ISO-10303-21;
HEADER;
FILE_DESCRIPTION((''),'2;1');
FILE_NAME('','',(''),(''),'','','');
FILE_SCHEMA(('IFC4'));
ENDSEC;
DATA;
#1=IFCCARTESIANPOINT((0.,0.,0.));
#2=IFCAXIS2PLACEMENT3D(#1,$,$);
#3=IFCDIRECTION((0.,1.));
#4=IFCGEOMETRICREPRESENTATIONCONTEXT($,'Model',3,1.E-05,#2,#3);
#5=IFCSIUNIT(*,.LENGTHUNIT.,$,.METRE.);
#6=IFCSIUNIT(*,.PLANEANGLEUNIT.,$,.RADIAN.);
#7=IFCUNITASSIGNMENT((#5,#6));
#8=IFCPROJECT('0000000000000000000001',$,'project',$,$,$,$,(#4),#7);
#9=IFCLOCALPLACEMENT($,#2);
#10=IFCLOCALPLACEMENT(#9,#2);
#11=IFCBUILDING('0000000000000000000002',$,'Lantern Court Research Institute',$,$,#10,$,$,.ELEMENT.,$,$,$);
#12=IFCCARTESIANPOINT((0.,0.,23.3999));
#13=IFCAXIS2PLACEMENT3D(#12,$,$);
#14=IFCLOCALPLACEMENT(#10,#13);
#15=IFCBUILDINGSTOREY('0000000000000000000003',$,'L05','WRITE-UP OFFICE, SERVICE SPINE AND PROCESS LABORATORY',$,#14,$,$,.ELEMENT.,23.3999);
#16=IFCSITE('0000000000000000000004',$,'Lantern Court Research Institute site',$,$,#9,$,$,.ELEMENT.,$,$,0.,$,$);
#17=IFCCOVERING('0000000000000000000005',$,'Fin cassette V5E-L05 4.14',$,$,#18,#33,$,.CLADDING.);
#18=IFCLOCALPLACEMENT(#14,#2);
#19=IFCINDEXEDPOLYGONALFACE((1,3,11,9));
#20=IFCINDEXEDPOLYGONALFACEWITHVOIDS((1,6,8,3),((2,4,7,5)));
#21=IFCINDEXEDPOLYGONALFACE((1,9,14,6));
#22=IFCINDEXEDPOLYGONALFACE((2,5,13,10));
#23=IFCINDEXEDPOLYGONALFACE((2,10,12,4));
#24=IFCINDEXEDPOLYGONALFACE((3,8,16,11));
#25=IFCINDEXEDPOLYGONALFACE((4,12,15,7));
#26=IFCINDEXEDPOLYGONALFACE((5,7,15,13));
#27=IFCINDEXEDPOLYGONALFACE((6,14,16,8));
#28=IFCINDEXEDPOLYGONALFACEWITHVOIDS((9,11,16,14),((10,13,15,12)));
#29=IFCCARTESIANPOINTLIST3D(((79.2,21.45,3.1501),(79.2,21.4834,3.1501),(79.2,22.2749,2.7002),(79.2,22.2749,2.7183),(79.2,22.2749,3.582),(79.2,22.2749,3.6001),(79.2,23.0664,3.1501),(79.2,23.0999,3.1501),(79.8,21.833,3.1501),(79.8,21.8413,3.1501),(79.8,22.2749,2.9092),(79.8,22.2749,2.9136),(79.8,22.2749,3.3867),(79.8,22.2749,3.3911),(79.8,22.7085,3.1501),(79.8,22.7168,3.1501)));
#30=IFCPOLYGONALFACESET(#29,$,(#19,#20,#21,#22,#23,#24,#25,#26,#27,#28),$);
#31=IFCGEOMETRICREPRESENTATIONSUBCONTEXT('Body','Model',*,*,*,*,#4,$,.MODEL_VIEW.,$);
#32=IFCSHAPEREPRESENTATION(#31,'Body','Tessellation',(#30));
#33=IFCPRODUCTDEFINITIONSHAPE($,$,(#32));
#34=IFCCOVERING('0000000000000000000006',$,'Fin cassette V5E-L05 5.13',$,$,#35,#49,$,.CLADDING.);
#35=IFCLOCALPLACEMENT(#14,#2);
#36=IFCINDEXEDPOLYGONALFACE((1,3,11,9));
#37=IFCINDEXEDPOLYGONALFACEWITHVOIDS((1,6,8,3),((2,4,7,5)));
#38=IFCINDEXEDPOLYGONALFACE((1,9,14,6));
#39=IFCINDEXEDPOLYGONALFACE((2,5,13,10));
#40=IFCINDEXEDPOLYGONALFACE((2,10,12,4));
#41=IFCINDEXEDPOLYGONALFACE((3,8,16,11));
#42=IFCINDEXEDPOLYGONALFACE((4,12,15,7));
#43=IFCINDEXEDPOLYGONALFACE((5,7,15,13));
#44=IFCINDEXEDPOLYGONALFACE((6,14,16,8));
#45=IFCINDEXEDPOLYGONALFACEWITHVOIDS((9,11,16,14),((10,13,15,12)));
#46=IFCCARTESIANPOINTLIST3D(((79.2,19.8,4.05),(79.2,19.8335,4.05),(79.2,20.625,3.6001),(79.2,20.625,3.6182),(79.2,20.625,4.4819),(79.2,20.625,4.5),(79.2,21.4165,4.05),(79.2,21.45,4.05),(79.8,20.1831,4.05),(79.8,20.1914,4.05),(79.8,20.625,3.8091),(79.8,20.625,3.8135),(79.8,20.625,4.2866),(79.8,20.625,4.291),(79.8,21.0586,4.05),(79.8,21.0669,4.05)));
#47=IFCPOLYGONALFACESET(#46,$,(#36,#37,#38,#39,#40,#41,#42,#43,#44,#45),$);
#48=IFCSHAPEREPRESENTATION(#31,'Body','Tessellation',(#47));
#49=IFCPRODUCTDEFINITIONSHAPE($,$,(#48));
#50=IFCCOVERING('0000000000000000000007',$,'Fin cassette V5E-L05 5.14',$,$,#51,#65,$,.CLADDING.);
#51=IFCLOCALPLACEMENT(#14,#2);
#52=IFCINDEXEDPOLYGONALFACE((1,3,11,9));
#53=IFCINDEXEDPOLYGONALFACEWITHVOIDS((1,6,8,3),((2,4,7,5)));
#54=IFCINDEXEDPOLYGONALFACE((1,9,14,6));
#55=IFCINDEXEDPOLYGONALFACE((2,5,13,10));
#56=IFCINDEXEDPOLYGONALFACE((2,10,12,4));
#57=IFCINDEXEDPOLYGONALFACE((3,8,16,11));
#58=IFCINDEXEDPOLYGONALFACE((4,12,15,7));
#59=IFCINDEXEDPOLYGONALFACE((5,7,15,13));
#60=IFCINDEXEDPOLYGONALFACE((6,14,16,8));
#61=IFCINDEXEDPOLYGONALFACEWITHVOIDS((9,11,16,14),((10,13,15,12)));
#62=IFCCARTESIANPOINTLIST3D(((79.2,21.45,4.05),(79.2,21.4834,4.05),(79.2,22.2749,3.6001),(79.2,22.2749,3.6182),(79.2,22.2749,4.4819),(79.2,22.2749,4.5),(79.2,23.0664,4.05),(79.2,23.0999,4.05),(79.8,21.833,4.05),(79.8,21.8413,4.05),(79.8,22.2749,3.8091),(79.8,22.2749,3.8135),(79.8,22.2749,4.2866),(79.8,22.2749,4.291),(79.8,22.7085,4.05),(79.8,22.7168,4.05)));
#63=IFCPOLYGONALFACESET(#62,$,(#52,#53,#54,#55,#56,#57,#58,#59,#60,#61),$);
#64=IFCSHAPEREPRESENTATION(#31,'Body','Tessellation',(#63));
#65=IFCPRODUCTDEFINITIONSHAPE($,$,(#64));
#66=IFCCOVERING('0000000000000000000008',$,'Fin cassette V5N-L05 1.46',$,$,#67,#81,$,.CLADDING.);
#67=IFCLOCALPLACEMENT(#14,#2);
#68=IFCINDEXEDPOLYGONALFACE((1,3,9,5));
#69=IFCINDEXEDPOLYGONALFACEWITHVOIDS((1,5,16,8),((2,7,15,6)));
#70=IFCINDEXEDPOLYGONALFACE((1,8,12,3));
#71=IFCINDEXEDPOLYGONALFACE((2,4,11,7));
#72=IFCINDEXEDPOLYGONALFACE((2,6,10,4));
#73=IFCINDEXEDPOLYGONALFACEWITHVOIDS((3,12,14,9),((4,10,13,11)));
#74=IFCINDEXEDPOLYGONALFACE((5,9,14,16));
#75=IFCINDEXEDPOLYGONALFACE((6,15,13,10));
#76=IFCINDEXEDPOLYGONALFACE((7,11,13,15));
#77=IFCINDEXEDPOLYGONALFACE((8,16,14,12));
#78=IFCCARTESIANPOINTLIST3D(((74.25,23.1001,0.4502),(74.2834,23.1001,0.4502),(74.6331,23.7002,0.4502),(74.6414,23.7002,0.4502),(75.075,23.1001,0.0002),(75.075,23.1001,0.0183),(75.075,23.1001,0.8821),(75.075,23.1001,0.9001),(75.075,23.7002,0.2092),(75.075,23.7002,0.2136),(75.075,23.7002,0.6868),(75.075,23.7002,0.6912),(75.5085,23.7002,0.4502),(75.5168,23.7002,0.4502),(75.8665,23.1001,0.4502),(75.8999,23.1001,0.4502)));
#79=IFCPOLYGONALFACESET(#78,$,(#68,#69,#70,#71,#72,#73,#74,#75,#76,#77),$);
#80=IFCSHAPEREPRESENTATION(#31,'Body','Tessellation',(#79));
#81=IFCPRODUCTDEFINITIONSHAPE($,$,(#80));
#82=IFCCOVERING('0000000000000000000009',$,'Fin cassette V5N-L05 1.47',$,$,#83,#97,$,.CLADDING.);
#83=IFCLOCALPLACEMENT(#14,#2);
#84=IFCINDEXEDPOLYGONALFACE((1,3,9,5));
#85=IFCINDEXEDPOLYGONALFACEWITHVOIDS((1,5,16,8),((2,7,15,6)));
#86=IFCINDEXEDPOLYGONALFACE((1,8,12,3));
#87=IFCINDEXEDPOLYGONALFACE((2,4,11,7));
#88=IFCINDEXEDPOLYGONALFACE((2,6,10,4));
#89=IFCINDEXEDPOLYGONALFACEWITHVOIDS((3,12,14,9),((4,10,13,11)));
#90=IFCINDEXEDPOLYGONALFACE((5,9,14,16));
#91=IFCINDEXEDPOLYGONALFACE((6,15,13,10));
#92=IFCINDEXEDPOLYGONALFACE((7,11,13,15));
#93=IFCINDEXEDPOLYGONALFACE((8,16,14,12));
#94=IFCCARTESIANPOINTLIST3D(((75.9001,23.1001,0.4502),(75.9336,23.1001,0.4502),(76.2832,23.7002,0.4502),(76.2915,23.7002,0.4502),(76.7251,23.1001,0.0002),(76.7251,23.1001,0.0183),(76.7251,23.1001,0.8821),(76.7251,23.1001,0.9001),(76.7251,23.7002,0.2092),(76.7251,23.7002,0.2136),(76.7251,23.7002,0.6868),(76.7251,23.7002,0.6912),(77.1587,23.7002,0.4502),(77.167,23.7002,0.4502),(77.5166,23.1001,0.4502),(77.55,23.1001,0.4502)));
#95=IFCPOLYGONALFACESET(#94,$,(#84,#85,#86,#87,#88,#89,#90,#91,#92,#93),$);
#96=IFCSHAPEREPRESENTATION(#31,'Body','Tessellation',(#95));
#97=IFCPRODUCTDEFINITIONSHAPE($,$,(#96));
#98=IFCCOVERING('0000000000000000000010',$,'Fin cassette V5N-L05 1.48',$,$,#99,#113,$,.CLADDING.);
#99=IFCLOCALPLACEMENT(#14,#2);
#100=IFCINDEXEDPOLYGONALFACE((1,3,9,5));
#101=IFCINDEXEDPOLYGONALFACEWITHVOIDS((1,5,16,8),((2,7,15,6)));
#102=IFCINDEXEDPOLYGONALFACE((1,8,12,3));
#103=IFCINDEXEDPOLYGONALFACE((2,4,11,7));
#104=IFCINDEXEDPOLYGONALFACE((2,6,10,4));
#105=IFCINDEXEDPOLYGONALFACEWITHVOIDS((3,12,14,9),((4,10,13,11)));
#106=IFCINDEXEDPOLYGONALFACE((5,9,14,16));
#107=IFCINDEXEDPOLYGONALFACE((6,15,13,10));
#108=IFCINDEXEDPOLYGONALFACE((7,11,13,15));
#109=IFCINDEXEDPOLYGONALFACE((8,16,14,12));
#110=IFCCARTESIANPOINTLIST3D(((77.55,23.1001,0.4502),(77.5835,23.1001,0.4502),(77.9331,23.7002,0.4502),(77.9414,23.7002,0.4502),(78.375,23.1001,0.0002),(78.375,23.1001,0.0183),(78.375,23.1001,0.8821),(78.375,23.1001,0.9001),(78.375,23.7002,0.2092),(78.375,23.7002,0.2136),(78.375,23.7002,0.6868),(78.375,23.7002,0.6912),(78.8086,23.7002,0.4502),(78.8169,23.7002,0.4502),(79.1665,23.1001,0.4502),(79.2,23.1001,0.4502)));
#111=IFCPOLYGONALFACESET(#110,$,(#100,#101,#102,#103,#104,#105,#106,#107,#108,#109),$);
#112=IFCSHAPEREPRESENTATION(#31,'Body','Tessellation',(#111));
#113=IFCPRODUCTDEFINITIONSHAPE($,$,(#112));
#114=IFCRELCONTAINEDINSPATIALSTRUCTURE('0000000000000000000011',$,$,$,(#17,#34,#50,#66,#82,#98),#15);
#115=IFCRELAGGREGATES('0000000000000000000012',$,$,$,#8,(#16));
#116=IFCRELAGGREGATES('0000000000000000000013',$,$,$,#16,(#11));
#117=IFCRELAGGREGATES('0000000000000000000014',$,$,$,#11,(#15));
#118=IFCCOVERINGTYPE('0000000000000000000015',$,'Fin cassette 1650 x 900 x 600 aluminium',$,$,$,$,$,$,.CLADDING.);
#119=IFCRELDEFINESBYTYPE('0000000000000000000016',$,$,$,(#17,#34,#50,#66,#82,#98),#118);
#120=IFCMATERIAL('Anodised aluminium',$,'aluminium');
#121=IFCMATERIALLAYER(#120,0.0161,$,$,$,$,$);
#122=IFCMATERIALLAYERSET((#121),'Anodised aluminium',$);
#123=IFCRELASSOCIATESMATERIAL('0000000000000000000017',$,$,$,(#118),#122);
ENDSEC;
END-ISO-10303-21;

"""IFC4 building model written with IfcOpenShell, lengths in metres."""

from ifc_helpers import new_model, entity, si_unit, direction, frame, origin, place, context, subcontext, project, spatial, material, layer, layer_set, type_object, element, save


model = new_model("IFC4")

# Units and contexts
model_context = context("Model", 3, precision=1e-05, world=origin(), true_north=direction((0.0, 1.0)))
body_context = subcontext(model_context, "Body", "Model", "MODEL_VIEW")
ifc_project = project(units=[si_unit("LENGTHUNIT", "METRE"), si_unit("PLANEANGLEUNIT", "RADIAN")], contexts=[model_context])

# Site, building, storey
site_placement = place(None, origin())
site = spatial("IfcSite", under=ifc_project, at=site_placement, Name="Lantern Court Research Institute site", CompositionType="ELEMENT", RefElevation=0.0)
building_placement = place(site_placement, origin())
building = spatial("IfcBuilding", under=site, at=building_placement, Name="Lantern Court Research Institute", CompositionType="ELEMENT")
storey_placement = place(building_placement, frame((0.0, 0.0, 23.3999)))
storey = spatial("IfcBuildingStorey", under=building, at=storey_placement, Name="L05", Description="WRITE-UP OFFICE, SERVICE SPINE AND PROCESS LABORATORY", CompositionType="ELEMENT", Elevation=23.3999)

# Coverings
ifc_material = material(Name="Anodised aluminium", Category="aluminium")
ifc_layer = layer(ifc_material, 0.0161)
ifc_layer_set = layer_set([ifc_layer], Name="Anodised aluminium")
covering_type = type_object("IfcCoveringType", Name="Fin cassette 1650 x 900 x 600 aluminium", PredefinedType="CLADDING", material=ifc_layer_set)
covering_1_placement = place(storey_placement, frame((79.2, 22.2749, 3.1501), z_axis=(1.0, 0.0, 0.0), x_axis=(0.0, 1.0, 0.0)))
cartesian_point_1 = entity("IfcCartesianPoint", [0.825, 0.0])
cartesian_point_2 = entity("IfcCartesianPoint", [0.7915, 0.0])
cartesian_point_3 = entity("IfcCartesianPoint", [0.4419, 0.0])
cartesian_point_4 = entity("IfcCartesianPoint", [0.4336, 0.0])
element("IfcCovering", 1, at=covering_1_placement, inside=storey, type_object=covering_type, Name="Fin cassette V5E-L05 4.14", PredefinedType="CLADDING", context=body_context, shape_type="SweptSolid", body=[
    entity("IfcExtrudedAreaSolidTapered", entity("IfcArbitraryProfileDefWithVoids", "AREA", None, entity("IfcPolyline", [cartesian_point_1, entity("IfcCartesianPoint", [0.0, 0.45]), entity("IfcCartesianPoint", [-0.825, 0.0]), entity("IfcCartesianPoint", [0.0, -0.45]), cartesian_point_1]), [entity("IfcPolyline", [cartesian_point_2, entity("IfcCartesianPoint", [0.0, 0.4319]), entity("IfcCartesianPoint", [-0.7915, 0.0]), entity("IfcCartesianPoint", [0.0, -0.4319]), cartesian_point_2])]), entity("IfcAxis2Placement3D", entity("IfcCartesianPoint", [0.0, 0.0, 0.0])), entity("IfcDirection", [0.0, 0.0, 1.0]), 0.6001, entity("IfcArbitraryProfileDefWithVoids", "AREA", None, entity("IfcPolyline", [cartesian_point_3, entity("IfcCartesianPoint", [0.0, 0.241]), entity("IfcCartesianPoint", [-0.4419, 0.0]), entity("IfcCartesianPoint", [0.0, -0.241]), cartesian_point_3]), [entity("IfcPolyline", [cartesian_point_4, entity("IfcCartesianPoint", [0.0, 0.2366]), entity("IfcCartesianPoint", [-0.4336, 0.0]), entity("IfcCartesianPoint", [0.0, -0.2366]), cartesian_point_4])])),
])
covering_2_placement = place(storey_placement, frame((79.2, 20.625, 4.05), z_axis=(1.0, 0.0, 0.0), x_axis=(0.0, 1.0, 0.0)))
cartesian_point_5 = entity("IfcCartesianPoint", [0.825, 0.0])
cartesian_point_6 = entity("IfcCartesianPoint", [0.7915, 0.0])
cartesian_point_7 = entity("IfcCartesianPoint", [0.4419, 0.0])
cartesian_point_8 = entity("IfcCartesianPoint", [0.4336, 0.0])
element("IfcCovering", 2, at=covering_2_placement, inside=storey, type_object=covering_type, Name="Fin cassette V5E-L05 5.13", PredefinedType="CLADDING", context=body_context, shape_type="SweptSolid", body=[
    entity("IfcExtrudedAreaSolidTapered", entity("IfcArbitraryProfileDefWithVoids", "AREA", None, entity("IfcPolyline", [cartesian_point_5, entity("IfcCartesianPoint", [0.0, 0.45]), entity("IfcCartesianPoint", [-0.825, 0.0]), entity("IfcCartesianPoint", [0.0, -0.45]), cartesian_point_5]), [entity("IfcPolyline", [cartesian_point_6, entity("IfcCartesianPoint", [0.0, 0.4319]), entity("IfcCartesianPoint", [-0.7915, 0.0]), entity("IfcCartesianPoint", [0.0, -0.4319]), cartesian_point_6])]), entity("IfcAxis2Placement3D", entity("IfcCartesianPoint", [0.0, 0.0, 0.0])), entity("IfcDirection", [0.0, 0.0, 1.0]), 0.6001, entity("IfcArbitraryProfileDefWithVoids", "AREA", None, entity("IfcPolyline", [cartesian_point_7, entity("IfcCartesianPoint", [0.0, 0.241]), entity("IfcCartesianPoint", [-0.4419, 0.0]), entity("IfcCartesianPoint", [0.0, -0.241]), cartesian_point_7]), [entity("IfcPolyline", [cartesian_point_8, entity("IfcCartesianPoint", [0.0, 0.2366]), entity("IfcCartesianPoint", [-0.4336, 0.0]), entity("IfcCartesianPoint", [0.0, -0.2366]), cartesian_point_8])])),
])
covering_3_placement = place(storey_placement, frame((79.2, 22.2749, 4.05), z_axis=(1.0, 0.0, 0.0), x_axis=(0.0, 1.0, 0.0)))
cartesian_point_9 = entity("IfcCartesianPoint", [0.825, 0.0])
cartesian_point_10 = entity("IfcCartesianPoint", [0.7915, 0.0])
cartesian_point_11 = entity("IfcCartesianPoint", [0.4419, 0.0])
cartesian_point_12 = entity("IfcCartesianPoint", [0.4336, 0.0])
element("IfcCovering", 3, at=covering_3_placement, inside=storey, type_object=covering_type, Name="Fin cassette V5E-L05 5.14", PredefinedType="CLADDING", context=body_context, shape_type="SweptSolid", body=[
    entity("IfcExtrudedAreaSolidTapered", entity("IfcArbitraryProfileDefWithVoids", "AREA", None, entity("IfcPolyline", [cartesian_point_9, entity("IfcCartesianPoint", [0.0, 0.45]), entity("IfcCartesianPoint", [-0.825, 0.0]), entity("IfcCartesianPoint", [0.0, -0.45]), cartesian_point_9]), [entity("IfcPolyline", [cartesian_point_10, entity("IfcCartesianPoint", [0.0, 0.4319]), entity("IfcCartesianPoint", [-0.7915, 0.0]), entity("IfcCartesianPoint", [0.0, -0.4319]), cartesian_point_10])]), entity("IfcAxis2Placement3D", entity("IfcCartesianPoint", [0.0, 0.0, 0.0])), entity("IfcDirection", [0.0, 0.0, 1.0]), 0.6001, entity("IfcArbitraryProfileDefWithVoids", "AREA", None, entity("IfcPolyline", [cartesian_point_11, entity("IfcCartesianPoint", [0.0, 0.241]), entity("IfcCartesianPoint", [-0.4419, 0.0]), entity("IfcCartesianPoint", [0.0, -0.241]), cartesian_point_11]), [entity("IfcPolyline", [cartesian_point_12, entity("IfcCartesianPoint", [0.0, 0.2366]), entity("IfcCartesianPoint", [-0.4336, 0.0]), entity("IfcCartesianPoint", [0.0, -0.2366]), cartesian_point_12])])),
])
covering_4_placement = place(storey_placement, frame((75.075, 23.1001, 0.4502), z_axis=(0.0, 1.0, 0.0), x_axis=(-1.0, 0.0, 0.0)))
cartesian_point_13 = entity("IfcCartesianPoint", [0.825, 0.0])
cartesian_point_14 = entity("IfcCartesianPoint", [0.7915, 0.0])
cartesian_point_15 = entity("IfcCartesianPoint", [0.4419, 0.0])
cartesian_point_16 = entity("IfcCartesianPoint", [0.4336, 0.0])
element("IfcCovering", 4, at=covering_4_placement, inside=storey, type_object=covering_type, Name="Fin cassette V5N-L05 1.46", PredefinedType="CLADDING", context=body_context, shape_type="SweptSolid", body=[
    entity("IfcExtrudedAreaSolidTapered", entity("IfcArbitraryProfileDefWithVoids", "AREA", None, entity("IfcPolyline", [cartesian_point_13, entity("IfcCartesianPoint", [0.0, 0.45]), entity("IfcCartesianPoint", [-0.825, 0.0]), entity("IfcCartesianPoint", [0.0, -0.45]), cartesian_point_13]), [entity("IfcPolyline", [cartesian_point_14, entity("IfcCartesianPoint", [0.0, 0.4319]), entity("IfcCartesianPoint", [-0.7915, 0.0]), entity("IfcCartesianPoint", [0.0, -0.4319]), cartesian_point_14])]), entity("IfcAxis2Placement3D", entity("IfcCartesianPoint", [0.0, 0.0, 0.0])), entity("IfcDirection", [0.0, 0.0, 1.0]), 0.6001, entity("IfcArbitraryProfileDefWithVoids", "AREA", None, entity("IfcPolyline", [cartesian_point_15, entity("IfcCartesianPoint", [0.0, 0.241]), entity("IfcCartesianPoint", [-0.4419, 0.0]), entity("IfcCartesianPoint", [0.0, -0.241]), cartesian_point_15]), [entity("IfcPolyline", [cartesian_point_16, entity("IfcCartesianPoint", [0.0, 0.2366]), entity("IfcCartesianPoint", [-0.4336, 0.0]), entity("IfcCartesianPoint", [0.0, -0.2366]), cartesian_point_16])])),
])
covering_5_placement = place(storey_placement, frame((76.7251, 23.1001, 0.4502), z_axis=(0.0, 1.0, 0.0), x_axis=(-1.0, 0.0, 0.0)))
cartesian_point_17 = entity("IfcCartesianPoint", [0.825, 0.0])
cartesian_point_18 = entity("IfcCartesianPoint", [0.7915, 0.0])
cartesian_point_19 = entity("IfcCartesianPoint", [0.4419, 0.0])
cartesian_point_20 = entity("IfcCartesianPoint", [0.4336, 0.0])
element("IfcCovering", 5, at=covering_5_placement, inside=storey, type_object=covering_type, Name="Fin cassette V5N-L05 1.47", PredefinedType="CLADDING", context=body_context, shape_type="SweptSolid", body=[
    entity("IfcExtrudedAreaSolidTapered", entity("IfcArbitraryProfileDefWithVoids", "AREA", None, entity("IfcPolyline", [cartesian_point_17, entity("IfcCartesianPoint", [0.0, 0.45]), entity("IfcCartesianPoint", [-0.825, 0.0]), entity("IfcCartesianPoint", [0.0, -0.45]), cartesian_point_17]), [entity("IfcPolyline", [cartesian_point_18, entity("IfcCartesianPoint", [0.0, 0.4319]), entity("IfcCartesianPoint", [-0.7915, 0.0]), entity("IfcCartesianPoint", [0.0, -0.4319]), cartesian_point_18])]), entity("IfcAxis2Placement3D", entity("IfcCartesianPoint", [0.0, 0.0, 0.0])), entity("IfcDirection", [0.0, 0.0, 1.0]), 0.6001, entity("IfcArbitraryProfileDefWithVoids", "AREA", None, entity("IfcPolyline", [cartesian_point_19, entity("IfcCartesianPoint", [0.0, 0.241]), entity("IfcCartesianPoint", [-0.4419, 0.0]), entity("IfcCartesianPoint", [0.0, -0.241]), cartesian_point_19]), [entity("IfcPolyline", [cartesian_point_20, entity("IfcCartesianPoint", [0.0, 0.2366]), entity("IfcCartesianPoint", [-0.4336, 0.0]), entity("IfcCartesianPoint", [0.0, -0.2366]), cartesian_point_20])])),
])
covering_6_placement = place(storey_placement, frame((78.375, 23.1001, 0.4502), z_axis=(0.0, 1.0, 0.0), x_axis=(-1.0, 0.0, 0.0)))
cartesian_point_21 = entity("IfcCartesianPoint", [0.825, 0.0])
cartesian_point_22 = entity("IfcCartesianPoint", [0.7915, 0.0])
cartesian_point_23 = entity("IfcCartesianPoint", [0.4419, 0.0])
cartesian_point_24 = entity("IfcCartesianPoint", [0.4336, 0.0])
element("IfcCovering", 6, at=covering_6_placement, inside=storey, type_object=covering_type, Name="Fin cassette V5N-L05 1.48", PredefinedType="CLADDING", context=body_context, shape_type="SweptSolid", body=[
    entity("IfcExtrudedAreaSolidTapered", entity("IfcArbitraryProfileDefWithVoids", "AREA", None, entity("IfcPolyline", [cartesian_point_21, entity("IfcCartesianPoint", [0.0, 0.45]), entity("IfcCartesianPoint", [-0.825, 0.0]), entity("IfcCartesianPoint", [0.0, -0.45]), cartesian_point_21]), [entity("IfcPolyline", [cartesian_point_22, entity("IfcCartesianPoint", [0.0, 0.4319]), entity("IfcCartesianPoint", [-0.7915, 0.0]), entity("IfcCartesianPoint", [0.0, -0.4319]), cartesian_point_22])]), entity("IfcAxis2Placement3D", entity("IfcCartesianPoint", [0.0, 0.0, 0.0])), entity("IfcDirection", [0.0, 0.0, 1.0]), 0.6001, entity("IfcArbitraryProfileDefWithVoids", "AREA", None, entity("IfcPolyline", [cartesian_point_23, entity("IfcCartesianPoint", [0.0, 0.241]), entity("IfcCartesianPoint", [-0.4419, 0.0]), entity("IfcCartesianPoint", [0.0, -0.241]), cartesian_point_23]), [entity("IfcPolyline", [cartesian_point_24, entity("IfcCartesianPoint", [0.0, 0.2366]), entity("IfcCartesianPoint", [-0.4336, 0.0]), entity("IfcCartesianPoint", [0.0, -0.2366]), cartesian_point_24])])),
])

save(model, "model.ifc")
